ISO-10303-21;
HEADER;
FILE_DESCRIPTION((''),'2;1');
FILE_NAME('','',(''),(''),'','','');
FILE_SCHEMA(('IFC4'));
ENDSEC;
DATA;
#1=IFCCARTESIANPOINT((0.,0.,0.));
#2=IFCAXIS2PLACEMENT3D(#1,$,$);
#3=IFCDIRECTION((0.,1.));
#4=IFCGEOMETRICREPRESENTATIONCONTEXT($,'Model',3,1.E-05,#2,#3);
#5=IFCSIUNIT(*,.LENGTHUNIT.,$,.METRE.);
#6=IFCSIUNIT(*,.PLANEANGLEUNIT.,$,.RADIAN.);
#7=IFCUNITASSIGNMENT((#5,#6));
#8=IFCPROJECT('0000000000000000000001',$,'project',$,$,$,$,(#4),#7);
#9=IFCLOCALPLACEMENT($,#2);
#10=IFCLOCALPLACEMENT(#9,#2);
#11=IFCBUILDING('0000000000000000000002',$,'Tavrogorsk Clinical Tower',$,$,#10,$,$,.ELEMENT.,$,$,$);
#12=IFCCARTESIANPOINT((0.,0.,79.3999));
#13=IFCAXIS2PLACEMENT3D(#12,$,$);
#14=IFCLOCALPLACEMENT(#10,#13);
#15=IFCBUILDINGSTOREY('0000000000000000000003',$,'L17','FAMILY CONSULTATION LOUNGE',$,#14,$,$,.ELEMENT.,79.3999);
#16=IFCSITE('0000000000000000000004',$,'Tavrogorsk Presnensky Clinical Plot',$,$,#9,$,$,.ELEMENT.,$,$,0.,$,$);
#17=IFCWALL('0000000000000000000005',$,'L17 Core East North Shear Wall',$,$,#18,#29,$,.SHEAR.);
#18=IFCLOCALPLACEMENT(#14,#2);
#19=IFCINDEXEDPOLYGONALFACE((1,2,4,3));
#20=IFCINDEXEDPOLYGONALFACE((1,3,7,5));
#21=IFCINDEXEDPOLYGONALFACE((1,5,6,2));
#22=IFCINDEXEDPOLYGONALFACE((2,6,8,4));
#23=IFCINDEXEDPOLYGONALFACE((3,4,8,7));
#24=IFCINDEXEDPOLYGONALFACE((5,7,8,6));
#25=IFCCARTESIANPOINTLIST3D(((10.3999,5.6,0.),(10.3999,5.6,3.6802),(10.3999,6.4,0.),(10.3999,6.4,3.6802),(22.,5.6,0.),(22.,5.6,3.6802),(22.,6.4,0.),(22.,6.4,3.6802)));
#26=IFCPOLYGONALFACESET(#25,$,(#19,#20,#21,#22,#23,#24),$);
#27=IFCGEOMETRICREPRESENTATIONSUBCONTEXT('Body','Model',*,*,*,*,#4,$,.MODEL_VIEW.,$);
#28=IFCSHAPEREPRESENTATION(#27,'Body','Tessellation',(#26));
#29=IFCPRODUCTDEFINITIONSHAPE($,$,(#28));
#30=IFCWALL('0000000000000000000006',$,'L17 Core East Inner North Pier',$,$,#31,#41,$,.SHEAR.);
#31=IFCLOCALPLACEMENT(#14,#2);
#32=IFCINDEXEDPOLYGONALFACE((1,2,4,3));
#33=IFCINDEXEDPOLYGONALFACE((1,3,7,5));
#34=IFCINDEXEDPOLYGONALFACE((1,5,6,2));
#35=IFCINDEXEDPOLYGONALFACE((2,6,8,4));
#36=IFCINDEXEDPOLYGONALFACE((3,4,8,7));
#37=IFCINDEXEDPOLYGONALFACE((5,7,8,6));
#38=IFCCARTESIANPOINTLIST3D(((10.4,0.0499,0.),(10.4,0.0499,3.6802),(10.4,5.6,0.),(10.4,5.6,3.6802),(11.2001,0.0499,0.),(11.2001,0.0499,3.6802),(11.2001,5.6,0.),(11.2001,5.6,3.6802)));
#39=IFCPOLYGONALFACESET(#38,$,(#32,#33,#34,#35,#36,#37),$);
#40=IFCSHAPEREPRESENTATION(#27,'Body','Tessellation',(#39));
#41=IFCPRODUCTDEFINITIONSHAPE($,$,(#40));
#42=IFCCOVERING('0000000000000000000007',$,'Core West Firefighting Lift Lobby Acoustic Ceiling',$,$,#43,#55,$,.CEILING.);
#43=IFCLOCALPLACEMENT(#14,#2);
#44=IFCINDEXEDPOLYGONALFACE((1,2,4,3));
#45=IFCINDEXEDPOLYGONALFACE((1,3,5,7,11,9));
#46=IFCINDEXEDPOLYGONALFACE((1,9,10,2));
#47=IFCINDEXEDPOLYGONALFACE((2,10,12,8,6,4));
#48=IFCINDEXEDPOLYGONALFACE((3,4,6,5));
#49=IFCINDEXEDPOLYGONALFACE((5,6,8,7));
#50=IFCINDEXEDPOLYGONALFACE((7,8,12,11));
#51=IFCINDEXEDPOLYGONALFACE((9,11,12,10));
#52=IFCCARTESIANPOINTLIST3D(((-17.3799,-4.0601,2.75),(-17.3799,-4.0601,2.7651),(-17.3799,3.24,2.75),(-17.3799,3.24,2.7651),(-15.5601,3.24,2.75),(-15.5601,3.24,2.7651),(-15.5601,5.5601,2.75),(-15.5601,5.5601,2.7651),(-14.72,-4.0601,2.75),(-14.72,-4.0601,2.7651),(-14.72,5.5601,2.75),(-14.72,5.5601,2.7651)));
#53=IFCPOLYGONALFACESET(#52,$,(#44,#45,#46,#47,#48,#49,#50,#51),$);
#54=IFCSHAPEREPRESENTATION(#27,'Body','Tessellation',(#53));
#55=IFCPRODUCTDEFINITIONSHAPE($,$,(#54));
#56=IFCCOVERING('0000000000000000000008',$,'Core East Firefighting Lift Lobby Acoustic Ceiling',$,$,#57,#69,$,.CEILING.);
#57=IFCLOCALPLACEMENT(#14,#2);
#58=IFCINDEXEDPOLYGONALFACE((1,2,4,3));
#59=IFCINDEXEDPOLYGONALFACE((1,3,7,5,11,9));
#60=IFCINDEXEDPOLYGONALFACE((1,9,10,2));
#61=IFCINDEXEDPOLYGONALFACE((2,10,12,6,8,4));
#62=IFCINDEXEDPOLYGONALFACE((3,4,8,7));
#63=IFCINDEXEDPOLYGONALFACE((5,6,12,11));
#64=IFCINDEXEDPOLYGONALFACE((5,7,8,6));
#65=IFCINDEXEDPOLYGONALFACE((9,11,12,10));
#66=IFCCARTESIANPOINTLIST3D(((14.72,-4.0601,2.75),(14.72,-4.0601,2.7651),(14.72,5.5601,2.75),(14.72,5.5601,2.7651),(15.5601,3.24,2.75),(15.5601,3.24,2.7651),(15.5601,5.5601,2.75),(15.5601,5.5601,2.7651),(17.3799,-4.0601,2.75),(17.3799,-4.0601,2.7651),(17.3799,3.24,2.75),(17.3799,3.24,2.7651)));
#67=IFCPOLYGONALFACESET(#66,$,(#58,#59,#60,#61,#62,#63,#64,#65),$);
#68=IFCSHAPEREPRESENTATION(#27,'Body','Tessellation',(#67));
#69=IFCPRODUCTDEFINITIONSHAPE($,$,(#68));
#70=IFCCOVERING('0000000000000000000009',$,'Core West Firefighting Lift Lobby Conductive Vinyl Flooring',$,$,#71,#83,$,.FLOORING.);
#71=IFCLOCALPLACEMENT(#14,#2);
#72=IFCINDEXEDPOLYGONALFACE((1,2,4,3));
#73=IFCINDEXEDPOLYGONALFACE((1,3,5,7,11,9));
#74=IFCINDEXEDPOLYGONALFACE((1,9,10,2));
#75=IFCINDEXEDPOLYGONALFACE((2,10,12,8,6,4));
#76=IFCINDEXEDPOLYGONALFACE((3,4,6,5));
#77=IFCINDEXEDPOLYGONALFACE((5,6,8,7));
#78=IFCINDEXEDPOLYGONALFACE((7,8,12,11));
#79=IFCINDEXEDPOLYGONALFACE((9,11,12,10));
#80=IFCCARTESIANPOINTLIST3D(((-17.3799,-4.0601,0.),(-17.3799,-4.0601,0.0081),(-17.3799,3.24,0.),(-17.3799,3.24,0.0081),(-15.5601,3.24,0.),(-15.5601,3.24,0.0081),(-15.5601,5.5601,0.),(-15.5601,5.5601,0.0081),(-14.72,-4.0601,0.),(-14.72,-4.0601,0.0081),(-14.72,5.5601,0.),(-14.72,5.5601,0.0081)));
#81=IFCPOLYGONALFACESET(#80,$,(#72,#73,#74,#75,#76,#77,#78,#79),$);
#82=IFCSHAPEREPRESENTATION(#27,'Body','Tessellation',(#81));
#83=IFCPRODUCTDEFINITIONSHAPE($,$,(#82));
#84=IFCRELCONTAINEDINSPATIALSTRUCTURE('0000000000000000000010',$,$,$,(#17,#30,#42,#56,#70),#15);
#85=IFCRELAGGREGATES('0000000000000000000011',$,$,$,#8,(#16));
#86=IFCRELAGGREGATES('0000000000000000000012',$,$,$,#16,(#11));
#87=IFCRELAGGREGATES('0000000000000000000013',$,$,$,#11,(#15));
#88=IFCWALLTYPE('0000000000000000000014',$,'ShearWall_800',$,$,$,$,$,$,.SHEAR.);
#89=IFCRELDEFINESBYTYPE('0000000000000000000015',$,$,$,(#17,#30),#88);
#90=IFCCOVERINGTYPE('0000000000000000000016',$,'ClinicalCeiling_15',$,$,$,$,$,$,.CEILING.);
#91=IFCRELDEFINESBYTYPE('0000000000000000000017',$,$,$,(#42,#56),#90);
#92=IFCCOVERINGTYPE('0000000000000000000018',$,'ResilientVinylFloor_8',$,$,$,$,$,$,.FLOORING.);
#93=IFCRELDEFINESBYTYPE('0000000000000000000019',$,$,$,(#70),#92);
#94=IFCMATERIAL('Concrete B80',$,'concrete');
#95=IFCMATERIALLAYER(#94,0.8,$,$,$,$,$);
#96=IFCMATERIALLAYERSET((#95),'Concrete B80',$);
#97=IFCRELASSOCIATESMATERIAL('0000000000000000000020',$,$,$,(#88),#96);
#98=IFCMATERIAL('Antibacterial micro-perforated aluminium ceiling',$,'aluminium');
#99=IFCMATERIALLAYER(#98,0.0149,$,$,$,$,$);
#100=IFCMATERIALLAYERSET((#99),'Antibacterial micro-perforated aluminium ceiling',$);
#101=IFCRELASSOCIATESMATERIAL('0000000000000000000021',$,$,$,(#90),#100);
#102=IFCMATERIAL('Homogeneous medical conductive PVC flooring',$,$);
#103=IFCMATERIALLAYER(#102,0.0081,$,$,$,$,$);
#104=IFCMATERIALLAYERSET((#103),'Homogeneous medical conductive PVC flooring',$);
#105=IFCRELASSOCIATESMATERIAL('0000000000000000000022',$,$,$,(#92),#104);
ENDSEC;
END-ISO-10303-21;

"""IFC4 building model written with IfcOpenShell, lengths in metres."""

from ifc_helpers import new_model, si_unit, direction, frame, frame_2d, origin, place, context, subcontext, project, spatial, polyline, rectangle, outline, extrude, material, layer, layer_set, type_object, element, save


model = new_model("IFC4")

# Units and contexts
model_context = context("Model", 3, precision=1e-05, world=origin(), true_north=direction((0.0, 1.0)))
body_context = subcontext(model_context, "Body", "Model", "MODEL_VIEW")
ifc_project = project(units=[si_unit("LENGTHUNIT", "METRE"), si_unit("PLANEANGLEUNIT", "RADIAN")], contexts=[model_context])

# Site, building, storey
site_placement = place(None, origin())
site = spatial("IfcSite", under=ifc_project, at=site_placement, Name="Tavrogorsk Presnensky Clinical Plot", CompositionType="ELEMENT", RefElevation=0.0)
building_placement = place(site_placement, origin())
building = spatial("IfcBuilding", under=site, at=building_placement, Name="Tavrogorsk Clinical Tower", CompositionType="ELEMENT")
storey_placement = place(building_placement, frame((0.0, 0.0, 79.3999)))
storey = spatial("IfcBuildingStorey", under=building, at=storey_placement, Name="L17", Description="FAMILY CONSULTATION LOUNGE", CompositionType="ELEMENT", Elevation=79.3999)

# Walls
ifc_material_1 = material(Name="Concrete B80", Category="concrete")
ifc_layer_1 = layer(ifc_material_1, 0.8)
ifc_layer_set_1 = layer_set([ifc_layer_1], Name="Concrete B80")
wall_type_1 = type_object("IfcWallType", Name="ShearWall_800", PredefinedType="SHEAR", material=ifc_layer_set_1)
wall_1_placement = place(storey_placement, frame((10.3999, 6.0, 0.0), z_axis=(0.0, 0.0, 1.0), x_axis=(1.0, 0.0, 0.0)))
element("IfcWall", 1, at=wall_1_placement, inside=storey, type_object=wall_type_1, Name="L17 Core East North Shear Wall", PredefinedType="SHEAR", context=body_context, shape_type="SweptSolid", body=[
    extrude(rectangle(XDim=11.6001, YDim=0.8, at=frame_2d((5.8, 0.0))), origin(), (0.0, 0.0, 1.0), 3.6802),
])
wall_2_placement = place(storey_placement, frame((10.8, 0.05, 0.0), z_axis=(0.0, 0.0, 1.0), x_axis=(0.0, 1.0, 0.0)))
element("IfcWall", 2, at=wall_2_placement, inside=storey, type_object=wall_type_1, Name="L17 Core East Inner North Pier", PredefinedType="SHEAR", context=body_context, shape_type="SweptSolid", body=[
    extrude(rectangle(XDim=5.55, YDim=0.8, at=frame_2d((2.7749, 0.0))), origin(), (0.0, 0.0, 1.0), 3.6802),
])

# Coverings
ifc_material_2 = material(Name="Antibacterial micro-perforated aluminium ceiling", Category="aluminium")
ifc_layer_2 = layer(ifc_material_2, 0.0149)
ifc_layer_set_2 = layer_set([ifc_layer_2], Name="Antibacterial micro-perforated aluminium ceiling")
covering_type_1 = type_object("IfcCoveringType", Name="ClinicalCeiling_15", PredefinedType="CEILING", material=ifc_layer_set_2)
covering_1_placement = place(storey_placement, frame((0.0, 0.0, 2.75)))
element("IfcCovering", 3, at=covering_1_placement, inside=storey, type_object=covering_type_1, Name="Core West Firefighting Lift Lobby Acoustic Ceiling", PredefinedType="CEILING", context=body_context, shape_type="SweptSolid", body=[
    extrude(outline(polyline([(-14.72, 5.5601), (-14.72, -4.0601), (-17.3799, -4.0601), (-17.3799, 3.24), (-15.5601, 3.24), (-15.5601, 5.5601), (-14.72, 5.5601)])), origin(), (0.0, 0.0, 1.0), 0.0151),
])
covering_2_placement = place(storey_placement, frame((0.0, 0.0, 2.75)))
element("IfcCovering", 4, at=covering_2_placement, inside=storey, type_object=covering_type_1, Name="Core East Firefighting Lift Lobby Acoustic Ceiling", PredefinedType="CEILING", context=body_context, shape_type="SweptSolid", body=[
    extrude(outline(polyline([(17.3799, -4.0601), (14.72, -4.0601), (14.72, 5.5601), (15.5601, 5.5601), (15.5601, 3.24), (17.3799, 3.24), (17.3799, -4.0601)])), origin(), (0.0, 0.0, 1.0), 0.0151),
])
ifc_material_3 = material(Name="Homogeneous medical conductive PVC flooring")
ifc_layer_3 = layer(ifc_material_3, 0.0081)
ifc_layer_set_3 = layer_set([ifc_layer_3], Name="Homogeneous medical conductive PVC flooring")
covering_type_2 = type_object("IfcCoveringType", Name="ResilientVinylFloor_8", PredefinedType="FLOORING", material=ifc_layer_set_3)
covering_3_placement = place(storey_placement, origin())
element("IfcCovering", 5, at=covering_3_placement, inside=storey, type_object=covering_type_2, Name="Core West Firefighting Lift Lobby Conductive Vinyl Flooring", PredefinedType="FLOORING", context=body_context, shape_type="SweptSolid", body=[
    extrude(outline(polyline([(-14.72, 5.5601), (-14.72, -4.0601), (-17.3799, -4.0601), (-17.3799, 3.24), (-15.5601, 3.24), (-15.5601, 5.5601), (-14.72, 5.5601)])), origin(), (0.0, 0.0, 1.0), 0.0081),
])

save(model, "model.ifc")
